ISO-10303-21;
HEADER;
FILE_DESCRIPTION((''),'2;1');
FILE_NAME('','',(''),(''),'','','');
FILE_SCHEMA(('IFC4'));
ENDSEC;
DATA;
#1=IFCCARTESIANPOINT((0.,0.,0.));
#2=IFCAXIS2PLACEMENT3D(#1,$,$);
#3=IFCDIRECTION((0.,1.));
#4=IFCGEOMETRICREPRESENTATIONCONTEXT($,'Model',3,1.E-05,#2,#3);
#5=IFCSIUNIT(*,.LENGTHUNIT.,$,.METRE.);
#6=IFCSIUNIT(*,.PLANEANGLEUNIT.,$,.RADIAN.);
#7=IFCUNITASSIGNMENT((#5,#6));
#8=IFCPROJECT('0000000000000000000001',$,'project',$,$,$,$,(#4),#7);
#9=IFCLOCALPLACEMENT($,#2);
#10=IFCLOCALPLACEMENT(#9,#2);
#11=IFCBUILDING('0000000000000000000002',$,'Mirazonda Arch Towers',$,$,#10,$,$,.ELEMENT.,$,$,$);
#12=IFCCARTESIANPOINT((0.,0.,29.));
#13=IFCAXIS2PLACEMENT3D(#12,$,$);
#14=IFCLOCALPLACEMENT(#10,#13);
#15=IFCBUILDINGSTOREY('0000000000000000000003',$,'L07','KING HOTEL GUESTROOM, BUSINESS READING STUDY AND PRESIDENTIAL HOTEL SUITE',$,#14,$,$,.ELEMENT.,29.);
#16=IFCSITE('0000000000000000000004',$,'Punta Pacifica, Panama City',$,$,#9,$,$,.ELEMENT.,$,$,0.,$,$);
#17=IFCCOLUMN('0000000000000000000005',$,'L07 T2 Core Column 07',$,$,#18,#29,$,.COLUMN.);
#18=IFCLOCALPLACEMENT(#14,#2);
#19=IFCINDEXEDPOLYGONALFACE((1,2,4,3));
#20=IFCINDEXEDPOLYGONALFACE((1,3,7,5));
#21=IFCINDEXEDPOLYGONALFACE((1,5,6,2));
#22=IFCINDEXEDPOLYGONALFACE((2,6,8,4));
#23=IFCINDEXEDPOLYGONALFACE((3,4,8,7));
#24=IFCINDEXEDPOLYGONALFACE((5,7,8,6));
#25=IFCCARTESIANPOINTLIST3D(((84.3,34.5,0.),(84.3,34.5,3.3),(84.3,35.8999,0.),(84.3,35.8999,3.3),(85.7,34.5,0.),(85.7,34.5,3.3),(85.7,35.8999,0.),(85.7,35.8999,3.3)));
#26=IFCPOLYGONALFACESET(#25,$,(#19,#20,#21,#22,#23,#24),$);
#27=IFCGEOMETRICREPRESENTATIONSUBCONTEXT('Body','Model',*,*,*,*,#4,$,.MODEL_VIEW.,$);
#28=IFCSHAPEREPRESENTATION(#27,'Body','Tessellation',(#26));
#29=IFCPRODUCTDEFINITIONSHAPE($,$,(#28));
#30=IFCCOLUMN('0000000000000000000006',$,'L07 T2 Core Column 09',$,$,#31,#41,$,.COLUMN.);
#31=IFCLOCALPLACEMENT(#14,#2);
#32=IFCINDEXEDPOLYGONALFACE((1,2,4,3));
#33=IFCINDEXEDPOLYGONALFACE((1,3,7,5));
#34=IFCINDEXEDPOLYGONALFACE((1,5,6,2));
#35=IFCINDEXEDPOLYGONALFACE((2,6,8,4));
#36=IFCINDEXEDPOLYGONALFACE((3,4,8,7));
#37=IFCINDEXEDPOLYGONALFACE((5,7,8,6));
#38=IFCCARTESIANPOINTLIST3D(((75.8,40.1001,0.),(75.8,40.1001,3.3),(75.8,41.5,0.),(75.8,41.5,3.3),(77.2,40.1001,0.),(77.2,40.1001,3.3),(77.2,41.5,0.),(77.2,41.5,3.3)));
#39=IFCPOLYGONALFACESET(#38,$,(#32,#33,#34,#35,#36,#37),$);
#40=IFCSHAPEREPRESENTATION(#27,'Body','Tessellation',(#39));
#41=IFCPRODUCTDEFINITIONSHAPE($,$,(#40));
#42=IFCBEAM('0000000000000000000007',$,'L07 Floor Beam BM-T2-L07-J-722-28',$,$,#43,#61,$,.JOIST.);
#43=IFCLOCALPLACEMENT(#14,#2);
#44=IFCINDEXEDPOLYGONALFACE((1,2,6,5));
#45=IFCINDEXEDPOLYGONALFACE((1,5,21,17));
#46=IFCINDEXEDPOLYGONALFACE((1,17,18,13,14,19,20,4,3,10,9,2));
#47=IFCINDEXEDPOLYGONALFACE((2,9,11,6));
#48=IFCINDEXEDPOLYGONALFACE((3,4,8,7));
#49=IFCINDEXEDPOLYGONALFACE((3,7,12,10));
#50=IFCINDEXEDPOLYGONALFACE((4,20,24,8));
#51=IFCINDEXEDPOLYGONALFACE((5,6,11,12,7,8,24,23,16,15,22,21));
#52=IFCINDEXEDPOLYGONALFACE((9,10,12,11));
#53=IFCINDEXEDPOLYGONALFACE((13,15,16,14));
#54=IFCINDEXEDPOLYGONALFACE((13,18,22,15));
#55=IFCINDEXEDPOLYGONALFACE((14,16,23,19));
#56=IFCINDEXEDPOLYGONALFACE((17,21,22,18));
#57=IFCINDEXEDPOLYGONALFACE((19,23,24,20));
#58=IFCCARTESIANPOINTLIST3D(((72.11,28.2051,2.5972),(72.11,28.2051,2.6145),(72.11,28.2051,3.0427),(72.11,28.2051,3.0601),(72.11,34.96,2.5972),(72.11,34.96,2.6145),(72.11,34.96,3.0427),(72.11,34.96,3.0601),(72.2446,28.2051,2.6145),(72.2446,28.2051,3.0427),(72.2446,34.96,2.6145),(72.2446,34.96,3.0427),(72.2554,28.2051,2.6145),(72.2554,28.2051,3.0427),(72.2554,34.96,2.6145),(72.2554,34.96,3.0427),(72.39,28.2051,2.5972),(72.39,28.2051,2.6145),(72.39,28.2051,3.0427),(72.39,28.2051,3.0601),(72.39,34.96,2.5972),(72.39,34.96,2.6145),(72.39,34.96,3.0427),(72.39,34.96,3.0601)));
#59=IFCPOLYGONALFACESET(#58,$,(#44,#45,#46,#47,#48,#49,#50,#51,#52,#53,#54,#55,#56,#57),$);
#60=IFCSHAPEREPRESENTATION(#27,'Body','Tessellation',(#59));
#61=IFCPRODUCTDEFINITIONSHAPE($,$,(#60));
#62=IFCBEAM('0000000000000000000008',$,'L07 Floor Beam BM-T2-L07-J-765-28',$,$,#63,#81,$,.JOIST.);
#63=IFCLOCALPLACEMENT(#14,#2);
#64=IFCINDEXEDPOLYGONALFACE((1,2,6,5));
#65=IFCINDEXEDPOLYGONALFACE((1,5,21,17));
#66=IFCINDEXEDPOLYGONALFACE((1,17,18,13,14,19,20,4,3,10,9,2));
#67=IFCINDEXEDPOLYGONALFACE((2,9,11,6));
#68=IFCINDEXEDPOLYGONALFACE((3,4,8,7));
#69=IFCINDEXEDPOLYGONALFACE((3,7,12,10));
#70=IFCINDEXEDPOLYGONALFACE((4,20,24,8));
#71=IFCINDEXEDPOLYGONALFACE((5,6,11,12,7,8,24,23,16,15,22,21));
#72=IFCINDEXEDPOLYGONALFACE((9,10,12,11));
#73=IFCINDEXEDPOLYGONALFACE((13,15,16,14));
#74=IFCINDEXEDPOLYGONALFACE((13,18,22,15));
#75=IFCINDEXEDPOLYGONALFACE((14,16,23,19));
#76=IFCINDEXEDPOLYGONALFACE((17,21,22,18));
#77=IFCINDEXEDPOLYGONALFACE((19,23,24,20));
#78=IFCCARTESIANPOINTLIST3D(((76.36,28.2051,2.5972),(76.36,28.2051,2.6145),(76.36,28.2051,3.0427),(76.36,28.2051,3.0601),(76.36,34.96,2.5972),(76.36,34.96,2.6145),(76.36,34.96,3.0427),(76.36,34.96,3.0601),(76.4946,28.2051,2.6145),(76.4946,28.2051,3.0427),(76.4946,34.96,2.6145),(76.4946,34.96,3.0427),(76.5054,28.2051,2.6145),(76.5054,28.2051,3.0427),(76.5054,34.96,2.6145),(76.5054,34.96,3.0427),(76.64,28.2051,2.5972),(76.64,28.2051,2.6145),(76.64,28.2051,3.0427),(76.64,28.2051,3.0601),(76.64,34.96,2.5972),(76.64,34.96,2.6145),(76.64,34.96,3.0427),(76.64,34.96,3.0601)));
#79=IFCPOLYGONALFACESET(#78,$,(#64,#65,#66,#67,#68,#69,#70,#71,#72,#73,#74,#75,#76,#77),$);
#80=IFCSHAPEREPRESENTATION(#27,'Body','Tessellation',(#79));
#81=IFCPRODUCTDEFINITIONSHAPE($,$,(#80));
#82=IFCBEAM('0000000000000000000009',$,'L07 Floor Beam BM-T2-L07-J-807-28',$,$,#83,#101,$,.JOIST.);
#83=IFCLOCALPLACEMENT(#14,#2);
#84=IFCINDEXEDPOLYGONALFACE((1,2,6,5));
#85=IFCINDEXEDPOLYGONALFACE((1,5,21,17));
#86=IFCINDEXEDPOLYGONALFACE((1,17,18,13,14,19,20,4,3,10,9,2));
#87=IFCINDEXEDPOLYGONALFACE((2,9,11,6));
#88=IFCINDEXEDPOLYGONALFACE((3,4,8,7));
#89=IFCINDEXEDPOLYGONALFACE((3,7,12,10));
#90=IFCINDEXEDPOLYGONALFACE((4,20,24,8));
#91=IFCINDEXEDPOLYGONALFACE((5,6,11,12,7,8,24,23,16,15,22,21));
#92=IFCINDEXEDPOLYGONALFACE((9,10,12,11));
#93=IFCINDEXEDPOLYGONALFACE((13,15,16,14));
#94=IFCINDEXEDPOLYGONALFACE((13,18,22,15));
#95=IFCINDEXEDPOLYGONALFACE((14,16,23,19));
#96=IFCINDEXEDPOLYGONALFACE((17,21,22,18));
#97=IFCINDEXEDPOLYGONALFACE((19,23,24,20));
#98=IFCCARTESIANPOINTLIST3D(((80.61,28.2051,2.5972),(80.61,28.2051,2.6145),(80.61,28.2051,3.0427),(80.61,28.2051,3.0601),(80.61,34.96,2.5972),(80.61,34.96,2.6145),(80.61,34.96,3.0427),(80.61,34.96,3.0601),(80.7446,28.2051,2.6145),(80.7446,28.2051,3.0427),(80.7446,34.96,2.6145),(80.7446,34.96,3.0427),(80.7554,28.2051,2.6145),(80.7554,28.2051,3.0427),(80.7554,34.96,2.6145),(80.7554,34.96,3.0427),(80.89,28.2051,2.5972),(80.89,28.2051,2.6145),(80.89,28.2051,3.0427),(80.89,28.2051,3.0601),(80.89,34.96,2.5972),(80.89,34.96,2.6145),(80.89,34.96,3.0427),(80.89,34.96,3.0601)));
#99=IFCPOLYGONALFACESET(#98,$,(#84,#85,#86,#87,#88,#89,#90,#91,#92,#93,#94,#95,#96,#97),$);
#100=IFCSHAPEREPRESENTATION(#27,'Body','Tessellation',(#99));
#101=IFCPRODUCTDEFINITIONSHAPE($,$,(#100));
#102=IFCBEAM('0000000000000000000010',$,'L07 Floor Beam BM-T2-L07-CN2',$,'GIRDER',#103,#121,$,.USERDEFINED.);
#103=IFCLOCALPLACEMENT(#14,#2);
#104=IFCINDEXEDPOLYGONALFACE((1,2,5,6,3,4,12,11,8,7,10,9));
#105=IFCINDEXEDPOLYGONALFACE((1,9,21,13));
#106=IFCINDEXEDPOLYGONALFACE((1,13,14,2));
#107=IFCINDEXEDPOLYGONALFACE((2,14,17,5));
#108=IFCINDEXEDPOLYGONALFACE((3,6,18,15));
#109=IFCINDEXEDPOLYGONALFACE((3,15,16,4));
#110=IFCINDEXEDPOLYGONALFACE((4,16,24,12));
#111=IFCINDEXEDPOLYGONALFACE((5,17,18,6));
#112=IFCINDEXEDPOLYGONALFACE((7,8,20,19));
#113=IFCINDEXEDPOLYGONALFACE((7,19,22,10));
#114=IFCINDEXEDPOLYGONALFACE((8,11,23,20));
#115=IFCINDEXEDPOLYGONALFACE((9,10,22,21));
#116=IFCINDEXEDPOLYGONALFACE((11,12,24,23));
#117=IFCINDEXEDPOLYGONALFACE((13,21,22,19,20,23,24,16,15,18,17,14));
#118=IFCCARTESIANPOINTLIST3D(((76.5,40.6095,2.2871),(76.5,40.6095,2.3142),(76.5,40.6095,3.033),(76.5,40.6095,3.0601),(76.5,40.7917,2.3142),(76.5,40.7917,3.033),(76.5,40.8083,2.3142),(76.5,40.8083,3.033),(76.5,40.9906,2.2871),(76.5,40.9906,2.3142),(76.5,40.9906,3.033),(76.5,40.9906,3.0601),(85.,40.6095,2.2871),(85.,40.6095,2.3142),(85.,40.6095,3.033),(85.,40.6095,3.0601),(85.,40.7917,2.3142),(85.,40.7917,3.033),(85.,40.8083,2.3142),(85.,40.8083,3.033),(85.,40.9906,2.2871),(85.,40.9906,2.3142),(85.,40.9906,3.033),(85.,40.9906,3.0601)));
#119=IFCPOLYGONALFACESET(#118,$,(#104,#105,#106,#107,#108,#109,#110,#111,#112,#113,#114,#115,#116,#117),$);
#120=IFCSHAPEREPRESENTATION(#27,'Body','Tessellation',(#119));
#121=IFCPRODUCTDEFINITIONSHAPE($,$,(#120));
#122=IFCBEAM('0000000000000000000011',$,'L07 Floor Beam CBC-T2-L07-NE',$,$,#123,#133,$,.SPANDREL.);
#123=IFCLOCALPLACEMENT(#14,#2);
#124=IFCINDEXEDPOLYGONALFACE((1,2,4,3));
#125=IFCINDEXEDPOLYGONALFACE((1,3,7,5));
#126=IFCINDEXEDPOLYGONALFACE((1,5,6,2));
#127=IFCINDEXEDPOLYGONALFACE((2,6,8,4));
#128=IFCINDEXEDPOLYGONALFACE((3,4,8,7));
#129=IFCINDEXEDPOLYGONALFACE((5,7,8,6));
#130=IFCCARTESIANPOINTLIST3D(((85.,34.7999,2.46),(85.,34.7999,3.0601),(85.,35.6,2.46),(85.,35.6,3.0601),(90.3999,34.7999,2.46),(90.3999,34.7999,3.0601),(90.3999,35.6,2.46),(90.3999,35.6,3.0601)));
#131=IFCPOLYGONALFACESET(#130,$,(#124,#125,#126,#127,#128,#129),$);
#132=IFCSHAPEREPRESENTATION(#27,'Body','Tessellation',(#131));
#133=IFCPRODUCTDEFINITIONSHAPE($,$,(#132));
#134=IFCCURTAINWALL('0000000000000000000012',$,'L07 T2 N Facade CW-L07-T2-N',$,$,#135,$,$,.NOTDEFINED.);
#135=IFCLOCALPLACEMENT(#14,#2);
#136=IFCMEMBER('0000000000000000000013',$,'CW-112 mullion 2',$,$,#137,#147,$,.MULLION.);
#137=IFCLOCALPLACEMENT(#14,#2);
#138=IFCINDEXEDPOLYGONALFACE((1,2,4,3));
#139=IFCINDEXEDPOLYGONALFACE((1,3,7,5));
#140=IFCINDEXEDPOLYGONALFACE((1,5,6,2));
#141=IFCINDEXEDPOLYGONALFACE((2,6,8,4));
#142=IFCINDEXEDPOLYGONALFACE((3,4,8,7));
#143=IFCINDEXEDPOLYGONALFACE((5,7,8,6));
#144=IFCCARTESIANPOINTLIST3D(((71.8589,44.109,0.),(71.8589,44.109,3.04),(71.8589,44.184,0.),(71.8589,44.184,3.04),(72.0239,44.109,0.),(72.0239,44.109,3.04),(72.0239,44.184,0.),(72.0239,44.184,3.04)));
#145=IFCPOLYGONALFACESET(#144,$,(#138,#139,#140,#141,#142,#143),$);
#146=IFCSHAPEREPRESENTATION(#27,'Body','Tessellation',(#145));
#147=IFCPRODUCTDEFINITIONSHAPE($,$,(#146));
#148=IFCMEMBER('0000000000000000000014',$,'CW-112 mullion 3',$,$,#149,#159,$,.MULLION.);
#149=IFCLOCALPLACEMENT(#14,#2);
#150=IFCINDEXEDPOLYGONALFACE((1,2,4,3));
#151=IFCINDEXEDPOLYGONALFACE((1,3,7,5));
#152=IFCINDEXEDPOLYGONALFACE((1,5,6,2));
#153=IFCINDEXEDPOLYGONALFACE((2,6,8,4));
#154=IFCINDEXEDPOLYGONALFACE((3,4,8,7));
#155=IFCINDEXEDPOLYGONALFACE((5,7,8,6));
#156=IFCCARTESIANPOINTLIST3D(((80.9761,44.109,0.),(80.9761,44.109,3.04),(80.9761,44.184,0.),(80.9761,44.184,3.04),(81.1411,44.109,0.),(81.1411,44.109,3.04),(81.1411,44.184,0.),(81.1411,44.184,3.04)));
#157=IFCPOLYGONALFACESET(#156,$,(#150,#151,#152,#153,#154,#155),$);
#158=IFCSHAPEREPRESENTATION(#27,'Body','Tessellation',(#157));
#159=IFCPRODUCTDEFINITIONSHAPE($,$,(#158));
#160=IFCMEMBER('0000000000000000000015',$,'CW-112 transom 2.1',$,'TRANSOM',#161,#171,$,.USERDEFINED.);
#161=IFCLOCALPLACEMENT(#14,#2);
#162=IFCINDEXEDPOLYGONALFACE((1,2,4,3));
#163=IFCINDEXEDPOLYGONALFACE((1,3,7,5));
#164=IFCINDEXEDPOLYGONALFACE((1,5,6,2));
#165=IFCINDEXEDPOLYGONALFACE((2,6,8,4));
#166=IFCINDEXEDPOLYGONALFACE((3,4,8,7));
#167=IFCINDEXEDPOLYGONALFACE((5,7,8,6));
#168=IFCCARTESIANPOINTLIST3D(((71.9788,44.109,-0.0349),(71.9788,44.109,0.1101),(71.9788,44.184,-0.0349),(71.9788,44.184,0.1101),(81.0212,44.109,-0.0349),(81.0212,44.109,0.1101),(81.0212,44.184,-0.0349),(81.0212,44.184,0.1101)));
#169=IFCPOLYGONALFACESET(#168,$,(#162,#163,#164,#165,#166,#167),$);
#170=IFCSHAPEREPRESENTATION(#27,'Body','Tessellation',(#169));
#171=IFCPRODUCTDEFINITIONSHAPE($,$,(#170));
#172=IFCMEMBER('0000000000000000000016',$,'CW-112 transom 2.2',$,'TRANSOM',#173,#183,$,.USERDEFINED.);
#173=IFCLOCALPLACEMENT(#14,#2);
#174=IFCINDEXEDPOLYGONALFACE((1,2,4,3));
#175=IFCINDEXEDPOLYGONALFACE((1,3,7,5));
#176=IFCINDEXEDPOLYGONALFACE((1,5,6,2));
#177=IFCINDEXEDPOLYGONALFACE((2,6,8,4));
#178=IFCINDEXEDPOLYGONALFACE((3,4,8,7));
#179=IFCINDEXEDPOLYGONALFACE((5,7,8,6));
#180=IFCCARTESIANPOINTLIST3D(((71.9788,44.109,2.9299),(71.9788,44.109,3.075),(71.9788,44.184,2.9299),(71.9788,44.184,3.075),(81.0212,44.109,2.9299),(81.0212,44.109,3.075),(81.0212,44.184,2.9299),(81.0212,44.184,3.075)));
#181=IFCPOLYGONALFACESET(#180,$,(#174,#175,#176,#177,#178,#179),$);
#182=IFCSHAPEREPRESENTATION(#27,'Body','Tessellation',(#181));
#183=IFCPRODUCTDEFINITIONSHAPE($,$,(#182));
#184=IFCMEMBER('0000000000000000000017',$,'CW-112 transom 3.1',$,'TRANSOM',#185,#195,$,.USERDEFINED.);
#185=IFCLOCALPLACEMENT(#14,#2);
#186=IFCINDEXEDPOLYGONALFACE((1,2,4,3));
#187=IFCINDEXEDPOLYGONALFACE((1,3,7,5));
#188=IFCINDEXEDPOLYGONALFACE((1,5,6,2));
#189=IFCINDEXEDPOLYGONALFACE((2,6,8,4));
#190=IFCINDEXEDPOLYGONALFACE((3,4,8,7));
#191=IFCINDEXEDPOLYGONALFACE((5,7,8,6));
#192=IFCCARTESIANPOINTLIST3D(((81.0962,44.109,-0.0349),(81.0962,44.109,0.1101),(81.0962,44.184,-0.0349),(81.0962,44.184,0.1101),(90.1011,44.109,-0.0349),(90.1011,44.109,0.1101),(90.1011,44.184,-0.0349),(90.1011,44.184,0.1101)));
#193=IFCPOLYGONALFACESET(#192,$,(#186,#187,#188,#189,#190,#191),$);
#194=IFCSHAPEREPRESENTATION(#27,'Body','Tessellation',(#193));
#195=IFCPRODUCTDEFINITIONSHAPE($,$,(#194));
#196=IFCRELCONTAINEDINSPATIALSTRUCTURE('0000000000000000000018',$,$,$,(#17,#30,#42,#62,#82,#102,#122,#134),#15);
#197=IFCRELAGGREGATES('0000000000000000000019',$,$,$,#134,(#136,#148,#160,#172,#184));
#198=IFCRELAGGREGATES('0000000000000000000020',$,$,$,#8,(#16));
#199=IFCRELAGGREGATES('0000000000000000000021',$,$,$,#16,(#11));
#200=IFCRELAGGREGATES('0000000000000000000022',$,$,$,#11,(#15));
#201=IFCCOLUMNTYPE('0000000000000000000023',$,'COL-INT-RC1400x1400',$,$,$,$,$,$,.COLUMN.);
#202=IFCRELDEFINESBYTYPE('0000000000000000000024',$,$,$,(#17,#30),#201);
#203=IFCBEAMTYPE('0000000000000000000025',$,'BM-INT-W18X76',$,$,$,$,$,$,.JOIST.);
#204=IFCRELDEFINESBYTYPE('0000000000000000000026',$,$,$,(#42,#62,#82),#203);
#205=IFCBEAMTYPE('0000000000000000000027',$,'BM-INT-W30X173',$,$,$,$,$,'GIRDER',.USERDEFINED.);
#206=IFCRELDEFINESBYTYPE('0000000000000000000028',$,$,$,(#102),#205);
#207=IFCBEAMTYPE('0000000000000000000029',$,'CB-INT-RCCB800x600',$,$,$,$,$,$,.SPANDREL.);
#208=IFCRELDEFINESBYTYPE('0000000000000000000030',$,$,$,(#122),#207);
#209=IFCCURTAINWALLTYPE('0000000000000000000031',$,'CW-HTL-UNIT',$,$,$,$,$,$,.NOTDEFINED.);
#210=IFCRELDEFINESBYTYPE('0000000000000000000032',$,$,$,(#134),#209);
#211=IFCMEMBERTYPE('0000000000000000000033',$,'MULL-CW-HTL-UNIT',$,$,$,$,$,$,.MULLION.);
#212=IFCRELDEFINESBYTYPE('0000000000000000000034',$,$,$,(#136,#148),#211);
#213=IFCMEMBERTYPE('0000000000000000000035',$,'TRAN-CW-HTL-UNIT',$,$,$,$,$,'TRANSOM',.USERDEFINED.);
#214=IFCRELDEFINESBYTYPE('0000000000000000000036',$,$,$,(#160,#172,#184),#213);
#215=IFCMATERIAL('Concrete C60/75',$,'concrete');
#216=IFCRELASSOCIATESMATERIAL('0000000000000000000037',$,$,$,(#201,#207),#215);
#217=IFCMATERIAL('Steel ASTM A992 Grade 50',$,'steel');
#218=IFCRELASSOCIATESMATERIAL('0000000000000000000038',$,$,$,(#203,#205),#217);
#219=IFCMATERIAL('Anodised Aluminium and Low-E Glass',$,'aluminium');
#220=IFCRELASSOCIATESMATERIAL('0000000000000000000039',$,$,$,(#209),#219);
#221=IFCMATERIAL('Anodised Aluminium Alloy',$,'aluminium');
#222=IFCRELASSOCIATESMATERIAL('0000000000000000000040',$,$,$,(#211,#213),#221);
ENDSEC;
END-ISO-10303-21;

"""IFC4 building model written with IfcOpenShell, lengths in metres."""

from ifc_helpers import new_model, si_unit, direction, frame, origin, origin_2d, place, context, subcontext, project, spatial, rectangle, i_section, extrude, material, material_profile, profile_set, type_object, element, aggregate, save


model = new_model("IFC4")

# Units and contexts
model_context = context("Model", 3, precision=1e-05, world=origin(), true_north=direction((0.0, 1.0)))
body_context = subcontext(model_context, "Body", "Model", "MODEL_VIEW")
ifc_project = project(units=[si_unit("LENGTHUNIT", "METRE"), si_unit("PLANEANGLEUNIT", "RADIAN")], contexts=[model_context])

# Site, building, storey
site_placement = place(None, origin())
site = spatial("IfcSite", under=ifc_project, at=site_placement, Name="Punta Pacifica, Panama City", CompositionType="ELEMENT", RefElevation=0.0)
building_placement = place(site_placement, origin())
building = spatial("IfcBuilding", under=site, at=building_placement, Name="Mirazonda Arch Towers", CompositionType="ELEMENT")
storey_placement = place(building_placement, frame((0.0, 0.0, 29.0)))
storey = spatial("IfcBuildingStorey", under=building, at=storey_placement, Name="L07", Description="KING HOTEL GUESTROOM, BUSINESS READING STUDY AND PRESIDENTIAL HOTEL SUITE", CompositionType="ELEMENT", Elevation=29.0)

# Columns
ifc_material_1 = material(Name="Concrete C60/75", Category="concrete")
ifc_material_profile_1 = material_profile(ifc_material_1, rectangle(XDim=1.3999, YDim=1.3999, at=origin_2d()), Name="RC1400x1400")
ifc_profile_set_1 = profile_set([ifc_material_profile_1], Name="Concrete C60/75")
column_type = type_object("IfcColumnType", Name="COL-INT-RC1400x1400", PredefinedType="COLUMN", material=ifc_profile_set_1)
for number, where, z_axis, x_axis, name in (
    (1, (85.0, 35.2, 0.0), (0.0, 0.0, 1.0), (1.0, 0.0, 0.0), "L07 T2 Core Column 07"),
    (2, (76.5, 40.8, 0.0), (0.0, 0.0, 1.0), (1.0, 0.0, 0.0), "L07 T2 Core Column 09"),
):
    element("IfcColumn", number, at=place(storey_placement, frame(where, z_axis=z_axis, x_axis=x_axis)), inside=storey, type_object=column_type, Name=name, PredefinedType="COLUMN", context=body_context, shape_type="SweptSolid", body=[
        extrude(rectangle(XDim=1.3999, YDim=1.3999, at=origin_2d()), origin(), (0.0, 0.0, 1.0), 3.3),
    ])

# Beams
ifc_material_2 = material(Name="Steel ASTM A992 Grade 50", Category="steel")
ifc_material_profile_2 = material_profile(ifc_material_2, i_section(OverallWidth=0.28, OverallDepth=0.4629, WebThickness=0.0107, FlangeThickness=0.0173, at=origin_2d()), Name="W18X76")
ifc_profile_set_2 = profile_set([ifc_material_profile_2], Name="Steel ASTM A992 Grade 50")
beam_type_1 = type_object("IfcBeamType", Name="BM-INT-W18X76", PredefinedType="JOIST", material=ifc_profile_set_2)
for number, where, z_axis, x_axis, name in (
    (3, (72.25, 28.2051, 2.8286), (0.0, 1.0, 0.0), (-1.0, 0.0, 0.0), "L07 Floor Beam BM-T2-L07-J-722-28"),
    (4, (76.5, 28.2051, 2.8286), (0.0, 1.0, 0.0), (-1.0, 0.0, 0.0), "L07 Floor Beam BM-T2-L07-J-765-28"),
    (5, (80.75, 28.2051, 2.8286), (0.0, 1.0, 0.0), (-1.0, 0.0, 0.0), "L07 Floor Beam BM-T2-L07-J-807-28"),
):
    element("IfcBeam", number, at=place(storey_placement, frame(where, z_axis=z_axis, x_axis=x_axis)), inside=storey, type_object=beam_type_1, Name=name, PredefinedType="JOIST", context=body_context, shape_type="SweptSolid", body=[
        extrude(i_section(OverallWidth=0.28, OverallDepth=0.4629, WebThickness=0.0107, FlangeThickness=0.0173, at=origin_2d()), origin(), (0.0, 0.0, 1.0), 6.7549),
    ])
ifc_material_profile_3 = material_profile(ifc_material_2, i_section(OverallWidth=0.3811, OverallDepth=0.7729, WebThickness=0.0166, FlangeThickness=0.0271, at=origin_2d()), Name="W30X173")
ifc_profile_set_3 = profile_set([ifc_material_profile_3], Name="Steel ASTM A992 Grade 50")
beam_type_2 = type_object("IfcBeamType", Name="BM-INT-W30X173", ElementType="GIRDER", PredefinedType="USERDEFINED", material=ifc_profile_set_3)
beam_1_placement = place(storey_placement, frame((76.5, 40.8, 2.6736), z_axis=(1.0, 0.0, 0.0), x_axis=(0.0, 1.0, 0.0)))
element("IfcBeam", 6, at=beam_1_placement, inside=storey, type_object=beam_type_2, Name="L07 Floor Beam BM-T2-L07-CN2", ObjectType="GIRDER", PredefinedType="USERDEFINED", context=body_context, shape_type="SweptSolid", body=[
    extrude(i_section(OverallWidth=0.3811, OverallDepth=0.7729, WebThickness=0.0166, FlangeThickness=0.0271, at=origin_2d()), origin(), (0.0, 0.0, 1.0), 8.5),
])
ifc_material_profile_4 = material_profile(ifc_material_1, rectangle(XDim=0.8, YDim=0.6001, at=origin_2d()), Name="RCCB800x600")
ifc_profile_set_4 = profile_set([ifc_material_profile_4], Name="Concrete C60/75")
beam_type_3 = type_object("IfcBeamType", Name="CB-INT-RCCB800x600", PredefinedType="SPANDREL", material=ifc_profile_set_4)
beam_2_placement = place(storey_placement, frame((85.0, 35.2, 2.76), z_axis=(1.0, 0.0, 0.0), x_axis=(0.0, 1.0, 0.0)))
element("IfcBeam", 7, at=beam_2_placement, inside=storey, type_object=beam_type_3, Name="L07 Floor Beam CBC-T2-L07-NE", PredefinedType="SPANDREL", context=body_context, shape_type="SweptSolid", body=[
    extrude(rectangle(XDim=0.8, YDim=0.6001, at=origin_2d()), origin(), (0.0, 0.0, 1.0), 5.3999),
])

# Curtain wall, members
ifc_material_3 = material(Name="Anodised Aluminium and Low-E Glass", Category="aluminium")
curtain_wall_type = type_object("IfcCurtainWallType", Name="CW-HTL-UNIT", PredefinedType="NOTDEFINED", material=ifc_material_3)
curtain_wall_placement = place(storey_placement, origin())
curtain_wall = element("IfcCurtainWall", 8, at=curtain_wall_placement, inside=storey, type_object=curtain_wall_type, Name="L07 T2 N Facade CW-L07-T2-N", PredefinedType="NOTDEFINED")
ifc_material_4 = material(Name="Anodised Aluminium Alloy", Category="aluminium")
ifc_material_profile_5 = material_profile(ifc_material_4, rectangle(XDim=0.075, YDim=0.165, at=origin_2d()), Name="ALU-MULL-75x165")
ifc_profile_set_5 = profile_set([ifc_material_profile_5], Name="Anodised Aluminium Alloy")
member_type_1 = type_object("IfcMemberType", Name="MULL-CW-HTL-UNIT", PredefinedType="MULLION", material=ifc_profile_set_5)
member_1_placement = place(storey_placement, frame((71.9414, 44.1465, 0.0), z_axis=(0.0, 0.0, 1.0), x_axis=(0.0, 1.0, 0.0)))
member_1 = element("IfcMember", 9, at=member_1_placement, type_object=member_type_1, Name="CW-112 mullion 2", PredefinedType="MULLION", context=body_context, shape_type="SweptSolid", body=[
    extrude(rectangle(XDim=0.075, YDim=0.165, at=origin_2d()), origin(), (0.0, 0.0, 1.0), 3.04),
])
member_2_placement = place(storey_placement, frame((81.0586, 44.1465, 0.0), z_axis=(0.0, 0.0, 1.0), x_axis=(0.0, 1.0, 0.0)))
member_2 = element("IfcMember", 10, at=member_2_placement, type_object=member_type_1, Name="CW-112 mullion 3", PredefinedType="MULLION", context=body_context, shape_type="SweptSolid", body=[
    extrude(rectangle(XDim=0.075, YDim=0.165, at=origin_2d()), origin(), (0.0, 0.0, 1.0), 3.04),
])
ifc_material_profile_6 = material_profile(ifc_material_4, rectangle(XDim=0.075, YDim=0.145, at=origin_2d()), Name="ALU-TRAN-75x145")
ifc_profile_set_6 = profile_set([ifc_material_profile_6], Name="Anodised Aluminium Alloy")
member_type_2 = type_object("IfcMemberType", Name="TRAN-CW-HTL-UNIT", ElementType="TRANSOM", PredefinedType="USERDEFINED", material=ifc_profile_set_6)
member_3_placement = place(storey_placement, frame((71.9788, 44.1465, 0.0376), z_axis=(1.0, 0.0, 0.0), x_axis=(0.0, 1.0, 0.0)))
member_3 = element("IfcMember", 11, at=member_3_placement, type_object=member_type_2, Name="CW-112 transom 2.1", ObjectType="TRANSOM", PredefinedType="USERDEFINED", context=body_context, shape_type="SweptSolid", body=[
    extrude(rectangle(XDim=0.075, YDim=0.145, at=origin_2d()), origin(), (0.0, 0.0, 1.0), 9.0425),
])
member_4_placement = place(storey_placement, frame((71.9788, 44.1465, 3.0024), z_axis=(1.0, 0.0, 0.0), x_axis=(0.0, 1.0, 0.0)))
member_4 = element("IfcMember", 12, at=member_4_placement, type_object=member_type_2, Name="CW-112 transom 2.2", ObjectType="TRANSOM", PredefinedType="USERDEFINED", context=body_context, shape_type="SweptSolid", body=[
    extrude(rectangle(XDim=0.075, YDim=0.145, at=origin_2d()), origin(), (0.0, 0.0, 1.0), 9.0425),
])
member_5_placement = place(storey_placement, frame((81.0962, 44.1465, 0.0376), z_axis=(1.0, 0.0, 0.0), x_axis=(0.0, 1.0, 0.0)))
member_5 = element("IfcMember", 13, at=member_5_placement, type_object=member_type_2, Name="CW-112 transom 3.1", ObjectType="TRANSOM", PredefinedType="USERDEFINED", context=body_context, shape_type="SweptSolid", body=[
    extrude(rectangle(XDim=0.075, YDim=0.145, at=origin_2d()), origin(), (0.0, 0.0, 1.0), 9.0049),
])
aggregate(curtain_wall, [member_1, member_2, member_3, member_4, member_5])

save(model, "model.ifc")
